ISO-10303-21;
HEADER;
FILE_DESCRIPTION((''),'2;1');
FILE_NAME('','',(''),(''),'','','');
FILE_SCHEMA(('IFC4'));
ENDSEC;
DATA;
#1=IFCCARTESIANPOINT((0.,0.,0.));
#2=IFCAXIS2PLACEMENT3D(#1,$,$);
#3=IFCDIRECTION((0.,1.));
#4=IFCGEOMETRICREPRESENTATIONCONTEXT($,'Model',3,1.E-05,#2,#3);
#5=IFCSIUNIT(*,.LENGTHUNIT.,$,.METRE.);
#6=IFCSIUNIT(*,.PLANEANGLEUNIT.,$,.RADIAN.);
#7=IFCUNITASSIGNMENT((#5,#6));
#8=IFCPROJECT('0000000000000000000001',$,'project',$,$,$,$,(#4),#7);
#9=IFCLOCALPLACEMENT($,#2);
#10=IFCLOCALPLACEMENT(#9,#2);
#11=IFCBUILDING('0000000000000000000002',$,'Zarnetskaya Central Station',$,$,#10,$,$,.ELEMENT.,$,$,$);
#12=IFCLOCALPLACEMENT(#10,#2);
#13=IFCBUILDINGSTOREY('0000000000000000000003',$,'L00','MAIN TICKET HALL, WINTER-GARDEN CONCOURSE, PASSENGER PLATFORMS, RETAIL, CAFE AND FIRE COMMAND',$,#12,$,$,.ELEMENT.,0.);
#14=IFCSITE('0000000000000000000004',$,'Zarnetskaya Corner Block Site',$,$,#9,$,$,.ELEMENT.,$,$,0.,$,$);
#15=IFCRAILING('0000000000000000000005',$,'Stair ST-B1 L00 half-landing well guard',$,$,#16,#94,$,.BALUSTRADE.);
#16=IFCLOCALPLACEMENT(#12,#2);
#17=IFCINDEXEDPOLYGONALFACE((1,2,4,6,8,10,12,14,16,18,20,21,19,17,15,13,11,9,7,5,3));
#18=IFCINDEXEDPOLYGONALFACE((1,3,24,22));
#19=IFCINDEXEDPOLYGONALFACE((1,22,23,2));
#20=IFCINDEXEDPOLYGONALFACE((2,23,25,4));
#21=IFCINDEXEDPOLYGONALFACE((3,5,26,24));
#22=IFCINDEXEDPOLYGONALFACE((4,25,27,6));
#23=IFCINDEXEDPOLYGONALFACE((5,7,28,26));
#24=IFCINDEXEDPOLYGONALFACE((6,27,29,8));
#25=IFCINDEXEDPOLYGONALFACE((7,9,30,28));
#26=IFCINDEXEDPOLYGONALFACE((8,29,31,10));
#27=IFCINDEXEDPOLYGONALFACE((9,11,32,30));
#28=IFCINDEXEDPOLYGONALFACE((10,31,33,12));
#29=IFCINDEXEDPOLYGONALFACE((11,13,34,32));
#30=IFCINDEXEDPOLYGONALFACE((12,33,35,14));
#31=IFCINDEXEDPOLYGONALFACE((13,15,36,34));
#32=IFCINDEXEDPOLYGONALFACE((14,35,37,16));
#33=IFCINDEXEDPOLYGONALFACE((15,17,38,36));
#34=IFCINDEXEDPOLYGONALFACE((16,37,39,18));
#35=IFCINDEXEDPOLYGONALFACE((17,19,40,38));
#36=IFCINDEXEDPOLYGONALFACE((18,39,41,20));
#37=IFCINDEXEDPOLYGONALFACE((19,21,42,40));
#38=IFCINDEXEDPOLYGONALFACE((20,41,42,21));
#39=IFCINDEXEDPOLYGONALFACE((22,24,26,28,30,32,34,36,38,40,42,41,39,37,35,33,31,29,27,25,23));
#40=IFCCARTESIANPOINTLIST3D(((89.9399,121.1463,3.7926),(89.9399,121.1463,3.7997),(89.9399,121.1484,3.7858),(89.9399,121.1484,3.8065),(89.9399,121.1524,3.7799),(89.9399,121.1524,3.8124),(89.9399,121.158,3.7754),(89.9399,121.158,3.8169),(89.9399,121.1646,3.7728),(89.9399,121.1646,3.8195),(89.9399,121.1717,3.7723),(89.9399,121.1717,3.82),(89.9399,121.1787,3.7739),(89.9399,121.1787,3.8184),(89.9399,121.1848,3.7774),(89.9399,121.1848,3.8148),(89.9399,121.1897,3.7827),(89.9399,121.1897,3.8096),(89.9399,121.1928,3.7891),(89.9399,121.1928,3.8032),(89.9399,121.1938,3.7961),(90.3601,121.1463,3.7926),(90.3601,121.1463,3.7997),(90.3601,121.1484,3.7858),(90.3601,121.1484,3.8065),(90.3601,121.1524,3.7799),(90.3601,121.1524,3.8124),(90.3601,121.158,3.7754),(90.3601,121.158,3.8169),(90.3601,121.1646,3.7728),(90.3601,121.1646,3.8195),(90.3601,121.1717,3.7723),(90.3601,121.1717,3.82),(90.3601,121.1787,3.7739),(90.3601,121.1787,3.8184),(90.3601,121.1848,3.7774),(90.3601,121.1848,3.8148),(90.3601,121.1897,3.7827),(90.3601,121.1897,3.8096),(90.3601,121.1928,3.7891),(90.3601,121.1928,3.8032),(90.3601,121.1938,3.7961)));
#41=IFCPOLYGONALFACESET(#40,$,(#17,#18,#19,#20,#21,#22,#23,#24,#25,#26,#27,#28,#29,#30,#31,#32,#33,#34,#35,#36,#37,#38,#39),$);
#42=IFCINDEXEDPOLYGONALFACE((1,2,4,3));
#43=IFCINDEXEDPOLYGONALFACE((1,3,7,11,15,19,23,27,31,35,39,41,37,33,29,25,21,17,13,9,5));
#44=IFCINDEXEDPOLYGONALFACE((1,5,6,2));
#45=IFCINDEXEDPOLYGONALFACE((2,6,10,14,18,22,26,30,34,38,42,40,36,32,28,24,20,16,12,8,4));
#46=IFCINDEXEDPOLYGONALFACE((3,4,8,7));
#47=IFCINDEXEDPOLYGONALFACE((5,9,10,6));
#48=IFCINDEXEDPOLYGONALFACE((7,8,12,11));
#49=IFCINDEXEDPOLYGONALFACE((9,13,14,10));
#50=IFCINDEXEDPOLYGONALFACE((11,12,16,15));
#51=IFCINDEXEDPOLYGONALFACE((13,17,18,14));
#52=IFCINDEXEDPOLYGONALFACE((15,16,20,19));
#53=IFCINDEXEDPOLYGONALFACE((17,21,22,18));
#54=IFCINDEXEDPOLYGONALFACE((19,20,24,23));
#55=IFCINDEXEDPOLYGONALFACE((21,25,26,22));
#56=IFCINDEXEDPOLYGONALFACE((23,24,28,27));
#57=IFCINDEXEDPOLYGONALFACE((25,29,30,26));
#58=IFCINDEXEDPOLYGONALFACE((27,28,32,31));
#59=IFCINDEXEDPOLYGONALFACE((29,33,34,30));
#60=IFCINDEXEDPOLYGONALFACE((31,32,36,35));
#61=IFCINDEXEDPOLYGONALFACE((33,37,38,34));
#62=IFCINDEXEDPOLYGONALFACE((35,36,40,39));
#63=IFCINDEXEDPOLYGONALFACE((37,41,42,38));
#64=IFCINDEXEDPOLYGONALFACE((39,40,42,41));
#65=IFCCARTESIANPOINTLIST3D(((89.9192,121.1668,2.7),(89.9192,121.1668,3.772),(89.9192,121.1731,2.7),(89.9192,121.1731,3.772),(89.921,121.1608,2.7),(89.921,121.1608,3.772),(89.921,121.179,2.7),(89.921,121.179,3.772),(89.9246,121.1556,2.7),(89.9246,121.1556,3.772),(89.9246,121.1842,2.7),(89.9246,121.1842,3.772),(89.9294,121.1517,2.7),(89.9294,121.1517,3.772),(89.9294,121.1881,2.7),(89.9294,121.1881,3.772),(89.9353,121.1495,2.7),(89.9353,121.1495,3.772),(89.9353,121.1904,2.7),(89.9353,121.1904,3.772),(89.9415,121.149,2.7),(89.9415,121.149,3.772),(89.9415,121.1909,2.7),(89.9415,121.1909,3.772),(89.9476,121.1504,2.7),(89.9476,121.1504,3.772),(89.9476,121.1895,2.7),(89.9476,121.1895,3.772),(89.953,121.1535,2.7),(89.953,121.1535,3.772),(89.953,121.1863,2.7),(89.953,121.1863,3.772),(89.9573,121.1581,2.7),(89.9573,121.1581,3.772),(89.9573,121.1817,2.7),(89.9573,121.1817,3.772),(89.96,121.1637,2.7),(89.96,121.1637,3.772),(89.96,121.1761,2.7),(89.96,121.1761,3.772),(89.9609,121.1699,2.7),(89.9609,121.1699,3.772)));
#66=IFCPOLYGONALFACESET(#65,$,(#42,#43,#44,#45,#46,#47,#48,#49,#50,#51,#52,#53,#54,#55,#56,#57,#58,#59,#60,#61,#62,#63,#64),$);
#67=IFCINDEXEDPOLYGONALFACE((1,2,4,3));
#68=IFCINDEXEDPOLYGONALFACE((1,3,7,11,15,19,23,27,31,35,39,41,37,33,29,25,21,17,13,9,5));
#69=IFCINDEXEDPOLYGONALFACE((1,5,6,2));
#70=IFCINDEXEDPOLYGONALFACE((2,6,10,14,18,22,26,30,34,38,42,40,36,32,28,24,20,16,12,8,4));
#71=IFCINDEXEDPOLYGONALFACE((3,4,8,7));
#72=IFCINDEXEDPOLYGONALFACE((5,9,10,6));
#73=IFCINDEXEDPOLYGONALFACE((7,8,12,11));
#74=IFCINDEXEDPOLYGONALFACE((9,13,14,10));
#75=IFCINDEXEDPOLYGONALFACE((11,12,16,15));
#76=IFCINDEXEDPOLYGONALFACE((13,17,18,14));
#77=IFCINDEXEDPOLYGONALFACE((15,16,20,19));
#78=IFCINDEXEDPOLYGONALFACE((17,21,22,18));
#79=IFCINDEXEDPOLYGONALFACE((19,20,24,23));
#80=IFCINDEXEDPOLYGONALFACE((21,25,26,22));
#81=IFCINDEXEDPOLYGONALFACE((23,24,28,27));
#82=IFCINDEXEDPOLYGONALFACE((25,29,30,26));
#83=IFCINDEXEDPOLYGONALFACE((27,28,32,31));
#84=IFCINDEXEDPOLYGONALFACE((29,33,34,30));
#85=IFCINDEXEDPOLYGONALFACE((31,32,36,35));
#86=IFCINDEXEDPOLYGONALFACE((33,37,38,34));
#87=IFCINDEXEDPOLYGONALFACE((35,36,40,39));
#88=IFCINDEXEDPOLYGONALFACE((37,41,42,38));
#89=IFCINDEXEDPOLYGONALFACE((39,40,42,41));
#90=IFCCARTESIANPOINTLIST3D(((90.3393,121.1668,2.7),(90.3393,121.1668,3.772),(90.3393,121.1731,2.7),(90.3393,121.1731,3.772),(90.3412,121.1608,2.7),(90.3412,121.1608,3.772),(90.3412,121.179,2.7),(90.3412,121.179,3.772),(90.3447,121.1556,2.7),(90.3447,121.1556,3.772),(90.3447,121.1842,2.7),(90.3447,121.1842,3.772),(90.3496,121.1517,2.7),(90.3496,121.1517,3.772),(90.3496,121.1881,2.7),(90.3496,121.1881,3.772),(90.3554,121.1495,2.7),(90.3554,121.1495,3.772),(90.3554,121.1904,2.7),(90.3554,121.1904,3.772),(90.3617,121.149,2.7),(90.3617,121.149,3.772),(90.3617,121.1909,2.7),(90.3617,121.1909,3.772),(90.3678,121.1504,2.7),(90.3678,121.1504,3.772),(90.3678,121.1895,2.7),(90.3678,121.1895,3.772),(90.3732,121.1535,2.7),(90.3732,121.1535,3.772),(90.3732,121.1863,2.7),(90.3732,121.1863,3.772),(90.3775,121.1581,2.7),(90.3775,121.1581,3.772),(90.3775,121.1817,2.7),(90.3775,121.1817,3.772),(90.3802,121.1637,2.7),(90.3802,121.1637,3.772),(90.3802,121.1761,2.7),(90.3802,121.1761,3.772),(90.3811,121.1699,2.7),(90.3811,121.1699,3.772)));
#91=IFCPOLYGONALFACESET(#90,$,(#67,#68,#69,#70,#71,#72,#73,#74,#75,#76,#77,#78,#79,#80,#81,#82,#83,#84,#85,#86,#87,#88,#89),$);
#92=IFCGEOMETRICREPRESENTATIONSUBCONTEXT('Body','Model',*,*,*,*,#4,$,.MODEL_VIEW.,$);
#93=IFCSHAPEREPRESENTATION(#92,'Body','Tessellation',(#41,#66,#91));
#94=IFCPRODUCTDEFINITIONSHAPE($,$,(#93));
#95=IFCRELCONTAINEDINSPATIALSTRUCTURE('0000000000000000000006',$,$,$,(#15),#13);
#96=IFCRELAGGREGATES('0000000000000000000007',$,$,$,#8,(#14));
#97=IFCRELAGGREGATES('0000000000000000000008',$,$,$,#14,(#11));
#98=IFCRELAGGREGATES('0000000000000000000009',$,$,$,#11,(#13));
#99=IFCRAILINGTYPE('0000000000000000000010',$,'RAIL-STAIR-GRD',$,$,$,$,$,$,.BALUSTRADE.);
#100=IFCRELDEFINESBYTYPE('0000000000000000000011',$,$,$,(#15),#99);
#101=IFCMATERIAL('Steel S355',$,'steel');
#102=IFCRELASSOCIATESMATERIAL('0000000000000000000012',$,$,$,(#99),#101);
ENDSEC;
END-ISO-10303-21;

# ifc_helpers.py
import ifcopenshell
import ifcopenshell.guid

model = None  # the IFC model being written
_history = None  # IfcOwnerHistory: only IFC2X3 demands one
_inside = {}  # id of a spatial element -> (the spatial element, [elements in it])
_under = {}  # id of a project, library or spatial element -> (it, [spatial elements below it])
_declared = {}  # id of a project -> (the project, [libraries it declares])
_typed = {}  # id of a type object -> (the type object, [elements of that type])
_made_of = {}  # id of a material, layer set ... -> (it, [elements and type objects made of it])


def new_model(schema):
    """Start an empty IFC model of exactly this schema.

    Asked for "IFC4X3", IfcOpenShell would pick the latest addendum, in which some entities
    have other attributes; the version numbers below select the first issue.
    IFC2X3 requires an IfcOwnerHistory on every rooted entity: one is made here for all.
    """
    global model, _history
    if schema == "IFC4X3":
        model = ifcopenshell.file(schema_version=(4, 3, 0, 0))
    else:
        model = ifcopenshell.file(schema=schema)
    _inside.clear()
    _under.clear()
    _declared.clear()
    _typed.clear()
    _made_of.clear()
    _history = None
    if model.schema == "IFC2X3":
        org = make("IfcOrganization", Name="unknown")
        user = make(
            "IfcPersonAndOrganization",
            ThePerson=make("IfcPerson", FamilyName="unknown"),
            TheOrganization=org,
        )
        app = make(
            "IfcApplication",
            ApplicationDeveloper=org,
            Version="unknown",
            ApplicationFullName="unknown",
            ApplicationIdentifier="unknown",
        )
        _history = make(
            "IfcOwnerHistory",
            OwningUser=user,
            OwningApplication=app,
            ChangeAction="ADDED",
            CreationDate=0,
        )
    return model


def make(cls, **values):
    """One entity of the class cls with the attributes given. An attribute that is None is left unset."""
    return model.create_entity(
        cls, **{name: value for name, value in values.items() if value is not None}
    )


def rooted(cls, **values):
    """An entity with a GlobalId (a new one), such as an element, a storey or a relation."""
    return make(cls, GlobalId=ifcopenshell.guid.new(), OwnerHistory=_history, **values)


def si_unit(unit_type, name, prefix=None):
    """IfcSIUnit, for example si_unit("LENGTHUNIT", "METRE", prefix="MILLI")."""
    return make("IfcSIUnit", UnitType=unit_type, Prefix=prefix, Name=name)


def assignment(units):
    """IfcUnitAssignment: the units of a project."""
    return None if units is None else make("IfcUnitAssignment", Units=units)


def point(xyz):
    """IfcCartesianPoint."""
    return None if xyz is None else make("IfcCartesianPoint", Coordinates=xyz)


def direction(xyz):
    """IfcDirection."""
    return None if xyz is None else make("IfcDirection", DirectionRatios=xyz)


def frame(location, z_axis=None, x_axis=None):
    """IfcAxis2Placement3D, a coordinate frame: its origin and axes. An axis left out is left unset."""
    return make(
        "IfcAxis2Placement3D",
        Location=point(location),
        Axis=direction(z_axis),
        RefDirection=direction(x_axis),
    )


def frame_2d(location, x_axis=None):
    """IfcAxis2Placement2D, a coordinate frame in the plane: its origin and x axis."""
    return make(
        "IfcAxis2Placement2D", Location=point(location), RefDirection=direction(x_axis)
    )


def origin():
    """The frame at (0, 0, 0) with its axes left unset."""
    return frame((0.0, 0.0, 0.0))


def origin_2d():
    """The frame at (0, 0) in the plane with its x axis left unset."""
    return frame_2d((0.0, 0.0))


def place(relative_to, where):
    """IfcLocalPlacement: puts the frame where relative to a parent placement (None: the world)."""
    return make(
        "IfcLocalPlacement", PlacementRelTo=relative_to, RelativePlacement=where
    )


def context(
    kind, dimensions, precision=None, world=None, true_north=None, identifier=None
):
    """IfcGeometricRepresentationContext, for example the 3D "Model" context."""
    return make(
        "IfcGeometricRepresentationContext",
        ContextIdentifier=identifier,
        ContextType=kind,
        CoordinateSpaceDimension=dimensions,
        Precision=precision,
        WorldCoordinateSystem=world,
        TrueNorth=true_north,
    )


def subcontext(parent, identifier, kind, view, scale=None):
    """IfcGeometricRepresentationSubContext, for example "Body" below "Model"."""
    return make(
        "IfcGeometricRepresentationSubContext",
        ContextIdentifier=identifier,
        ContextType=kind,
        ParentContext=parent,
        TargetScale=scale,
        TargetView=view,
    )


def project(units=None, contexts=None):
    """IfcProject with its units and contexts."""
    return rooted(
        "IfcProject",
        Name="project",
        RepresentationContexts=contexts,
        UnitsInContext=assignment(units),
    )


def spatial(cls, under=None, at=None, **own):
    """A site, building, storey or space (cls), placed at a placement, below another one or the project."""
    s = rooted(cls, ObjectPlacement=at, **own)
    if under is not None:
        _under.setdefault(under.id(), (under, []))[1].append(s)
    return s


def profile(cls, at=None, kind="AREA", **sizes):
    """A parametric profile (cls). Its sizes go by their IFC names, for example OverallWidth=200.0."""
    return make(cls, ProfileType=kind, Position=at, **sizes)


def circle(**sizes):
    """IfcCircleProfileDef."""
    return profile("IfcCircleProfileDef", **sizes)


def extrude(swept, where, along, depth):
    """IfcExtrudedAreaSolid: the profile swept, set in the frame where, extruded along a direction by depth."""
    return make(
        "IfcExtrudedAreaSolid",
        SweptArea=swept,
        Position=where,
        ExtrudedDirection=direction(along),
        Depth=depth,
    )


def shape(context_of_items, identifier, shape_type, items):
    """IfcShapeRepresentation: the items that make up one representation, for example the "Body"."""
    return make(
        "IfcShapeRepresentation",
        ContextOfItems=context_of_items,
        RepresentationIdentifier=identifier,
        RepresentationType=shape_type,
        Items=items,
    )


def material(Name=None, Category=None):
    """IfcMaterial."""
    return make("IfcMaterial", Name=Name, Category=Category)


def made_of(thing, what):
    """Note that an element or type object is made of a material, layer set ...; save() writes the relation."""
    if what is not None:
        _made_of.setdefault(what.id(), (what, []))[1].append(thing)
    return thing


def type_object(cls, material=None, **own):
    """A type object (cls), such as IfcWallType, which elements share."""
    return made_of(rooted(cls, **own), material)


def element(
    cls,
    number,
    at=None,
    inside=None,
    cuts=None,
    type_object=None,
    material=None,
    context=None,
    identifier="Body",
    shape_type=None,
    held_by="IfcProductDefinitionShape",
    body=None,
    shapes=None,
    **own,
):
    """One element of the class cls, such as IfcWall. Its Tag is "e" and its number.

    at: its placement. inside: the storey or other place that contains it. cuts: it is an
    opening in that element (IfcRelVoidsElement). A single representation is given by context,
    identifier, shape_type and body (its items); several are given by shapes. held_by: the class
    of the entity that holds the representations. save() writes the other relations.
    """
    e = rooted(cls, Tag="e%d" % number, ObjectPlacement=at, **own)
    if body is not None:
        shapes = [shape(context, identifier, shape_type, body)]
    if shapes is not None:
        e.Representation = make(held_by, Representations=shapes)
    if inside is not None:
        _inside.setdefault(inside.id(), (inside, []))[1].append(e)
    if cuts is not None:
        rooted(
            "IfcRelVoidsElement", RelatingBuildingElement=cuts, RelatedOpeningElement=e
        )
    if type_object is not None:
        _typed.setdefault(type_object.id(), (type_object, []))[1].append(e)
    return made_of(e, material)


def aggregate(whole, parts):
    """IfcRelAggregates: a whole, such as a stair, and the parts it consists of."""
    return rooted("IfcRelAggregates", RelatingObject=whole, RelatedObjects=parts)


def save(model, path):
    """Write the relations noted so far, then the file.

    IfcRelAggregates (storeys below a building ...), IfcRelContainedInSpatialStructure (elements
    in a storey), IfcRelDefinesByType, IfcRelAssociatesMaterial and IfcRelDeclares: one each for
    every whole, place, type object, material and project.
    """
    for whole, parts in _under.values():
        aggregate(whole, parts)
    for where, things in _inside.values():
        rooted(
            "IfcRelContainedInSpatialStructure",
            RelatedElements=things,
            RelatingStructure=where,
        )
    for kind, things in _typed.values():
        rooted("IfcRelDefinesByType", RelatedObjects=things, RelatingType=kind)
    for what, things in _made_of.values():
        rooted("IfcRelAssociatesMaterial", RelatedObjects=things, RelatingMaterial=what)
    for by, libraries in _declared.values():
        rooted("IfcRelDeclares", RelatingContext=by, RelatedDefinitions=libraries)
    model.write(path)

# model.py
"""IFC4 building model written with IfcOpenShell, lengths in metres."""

from ifc_helpers import new_model, si_unit, direction, frame, origin, origin_2d, place, context, subcontext, project, spatial, circle, extrude, material, type_object, element, save


model = new_model("IFC4")

# Units and contexts
model_context = context("Model", 3, precision=1e-05, world=origin(), true_north=direction((0.0, 1.0)))
body_context = subcontext(model_context, "Body", "Model", "MODEL_VIEW")
ifc_project = project(units=[si_unit("LENGTHUNIT", "METRE"), si_unit("PLANEANGLEUNIT", "RADIAN")], contexts=[model_context])

# Site, building, storey
site_placement = place(None, origin())
site = spatial("IfcSite", under=ifc_project, at=site_placement, Name="Zarnetskaya Corner Block Site", CompositionType="ELEMENT", RefElevation=0.0)
building_placement = place(site_placement, origin())
building = spatial("IfcBuilding", under=site, at=building_placement, Name="Zarnetskaya Central Station", CompositionType="ELEMENT")
storey_placement = place(building_placement, origin())
storey = spatial("IfcBuildingStorey", under=building, at=storey_placement, Name="L00", Description="MAIN TICKET HALL, WINTER-GARDEN CONCOURSE, PASSENGER PLATFORMS, RETAIL, CAFE AND FIRE COMMAND", CompositionType="ELEMENT", Elevation=0.0)

# Shared definitions
ifc_material_1 = material(Name="Steel S355", Category="steel")

# Railing
railing_type_1 = type_object("IfcRailingType", Name="RAIL-STAIR-GRD", PredefinedType="BALUSTRADE", material=ifc_material_1)
railing_1_placement = place(storey_placement, frame((89.9399, 121.1699, 2.7)))
element("IfcRailing", 1, at=railing_1_placement, inside=storey, type_object=railing_type_1, Name="Stair ST-B1 L00 half-landing well guard", PredefinedType="BALUSTRADE", context=body_context, shape_type="SweptSolid", body=[
    extrude(circle(Radius=0.0239, at=origin_2d()), frame((0.0, 0.0, 1.0962), z_axis=(1.0, 0.0, 0.0), x_axis=(0.0, 1.0, 0.0)), (0.0, 0.0, 1.0), 0.4202),
    extrude(circle(Radius=0.021, at=origin_2d()), origin(), (0.0, 0.0, 1.0), 1.072),
    extrude(circle(Radius=0.021, at=origin_2d()), frame((0.4202, 0.0, 0.0)), (0.0, 0.0, 1.0), 1.072),
])

save(model, "model.ifc")
